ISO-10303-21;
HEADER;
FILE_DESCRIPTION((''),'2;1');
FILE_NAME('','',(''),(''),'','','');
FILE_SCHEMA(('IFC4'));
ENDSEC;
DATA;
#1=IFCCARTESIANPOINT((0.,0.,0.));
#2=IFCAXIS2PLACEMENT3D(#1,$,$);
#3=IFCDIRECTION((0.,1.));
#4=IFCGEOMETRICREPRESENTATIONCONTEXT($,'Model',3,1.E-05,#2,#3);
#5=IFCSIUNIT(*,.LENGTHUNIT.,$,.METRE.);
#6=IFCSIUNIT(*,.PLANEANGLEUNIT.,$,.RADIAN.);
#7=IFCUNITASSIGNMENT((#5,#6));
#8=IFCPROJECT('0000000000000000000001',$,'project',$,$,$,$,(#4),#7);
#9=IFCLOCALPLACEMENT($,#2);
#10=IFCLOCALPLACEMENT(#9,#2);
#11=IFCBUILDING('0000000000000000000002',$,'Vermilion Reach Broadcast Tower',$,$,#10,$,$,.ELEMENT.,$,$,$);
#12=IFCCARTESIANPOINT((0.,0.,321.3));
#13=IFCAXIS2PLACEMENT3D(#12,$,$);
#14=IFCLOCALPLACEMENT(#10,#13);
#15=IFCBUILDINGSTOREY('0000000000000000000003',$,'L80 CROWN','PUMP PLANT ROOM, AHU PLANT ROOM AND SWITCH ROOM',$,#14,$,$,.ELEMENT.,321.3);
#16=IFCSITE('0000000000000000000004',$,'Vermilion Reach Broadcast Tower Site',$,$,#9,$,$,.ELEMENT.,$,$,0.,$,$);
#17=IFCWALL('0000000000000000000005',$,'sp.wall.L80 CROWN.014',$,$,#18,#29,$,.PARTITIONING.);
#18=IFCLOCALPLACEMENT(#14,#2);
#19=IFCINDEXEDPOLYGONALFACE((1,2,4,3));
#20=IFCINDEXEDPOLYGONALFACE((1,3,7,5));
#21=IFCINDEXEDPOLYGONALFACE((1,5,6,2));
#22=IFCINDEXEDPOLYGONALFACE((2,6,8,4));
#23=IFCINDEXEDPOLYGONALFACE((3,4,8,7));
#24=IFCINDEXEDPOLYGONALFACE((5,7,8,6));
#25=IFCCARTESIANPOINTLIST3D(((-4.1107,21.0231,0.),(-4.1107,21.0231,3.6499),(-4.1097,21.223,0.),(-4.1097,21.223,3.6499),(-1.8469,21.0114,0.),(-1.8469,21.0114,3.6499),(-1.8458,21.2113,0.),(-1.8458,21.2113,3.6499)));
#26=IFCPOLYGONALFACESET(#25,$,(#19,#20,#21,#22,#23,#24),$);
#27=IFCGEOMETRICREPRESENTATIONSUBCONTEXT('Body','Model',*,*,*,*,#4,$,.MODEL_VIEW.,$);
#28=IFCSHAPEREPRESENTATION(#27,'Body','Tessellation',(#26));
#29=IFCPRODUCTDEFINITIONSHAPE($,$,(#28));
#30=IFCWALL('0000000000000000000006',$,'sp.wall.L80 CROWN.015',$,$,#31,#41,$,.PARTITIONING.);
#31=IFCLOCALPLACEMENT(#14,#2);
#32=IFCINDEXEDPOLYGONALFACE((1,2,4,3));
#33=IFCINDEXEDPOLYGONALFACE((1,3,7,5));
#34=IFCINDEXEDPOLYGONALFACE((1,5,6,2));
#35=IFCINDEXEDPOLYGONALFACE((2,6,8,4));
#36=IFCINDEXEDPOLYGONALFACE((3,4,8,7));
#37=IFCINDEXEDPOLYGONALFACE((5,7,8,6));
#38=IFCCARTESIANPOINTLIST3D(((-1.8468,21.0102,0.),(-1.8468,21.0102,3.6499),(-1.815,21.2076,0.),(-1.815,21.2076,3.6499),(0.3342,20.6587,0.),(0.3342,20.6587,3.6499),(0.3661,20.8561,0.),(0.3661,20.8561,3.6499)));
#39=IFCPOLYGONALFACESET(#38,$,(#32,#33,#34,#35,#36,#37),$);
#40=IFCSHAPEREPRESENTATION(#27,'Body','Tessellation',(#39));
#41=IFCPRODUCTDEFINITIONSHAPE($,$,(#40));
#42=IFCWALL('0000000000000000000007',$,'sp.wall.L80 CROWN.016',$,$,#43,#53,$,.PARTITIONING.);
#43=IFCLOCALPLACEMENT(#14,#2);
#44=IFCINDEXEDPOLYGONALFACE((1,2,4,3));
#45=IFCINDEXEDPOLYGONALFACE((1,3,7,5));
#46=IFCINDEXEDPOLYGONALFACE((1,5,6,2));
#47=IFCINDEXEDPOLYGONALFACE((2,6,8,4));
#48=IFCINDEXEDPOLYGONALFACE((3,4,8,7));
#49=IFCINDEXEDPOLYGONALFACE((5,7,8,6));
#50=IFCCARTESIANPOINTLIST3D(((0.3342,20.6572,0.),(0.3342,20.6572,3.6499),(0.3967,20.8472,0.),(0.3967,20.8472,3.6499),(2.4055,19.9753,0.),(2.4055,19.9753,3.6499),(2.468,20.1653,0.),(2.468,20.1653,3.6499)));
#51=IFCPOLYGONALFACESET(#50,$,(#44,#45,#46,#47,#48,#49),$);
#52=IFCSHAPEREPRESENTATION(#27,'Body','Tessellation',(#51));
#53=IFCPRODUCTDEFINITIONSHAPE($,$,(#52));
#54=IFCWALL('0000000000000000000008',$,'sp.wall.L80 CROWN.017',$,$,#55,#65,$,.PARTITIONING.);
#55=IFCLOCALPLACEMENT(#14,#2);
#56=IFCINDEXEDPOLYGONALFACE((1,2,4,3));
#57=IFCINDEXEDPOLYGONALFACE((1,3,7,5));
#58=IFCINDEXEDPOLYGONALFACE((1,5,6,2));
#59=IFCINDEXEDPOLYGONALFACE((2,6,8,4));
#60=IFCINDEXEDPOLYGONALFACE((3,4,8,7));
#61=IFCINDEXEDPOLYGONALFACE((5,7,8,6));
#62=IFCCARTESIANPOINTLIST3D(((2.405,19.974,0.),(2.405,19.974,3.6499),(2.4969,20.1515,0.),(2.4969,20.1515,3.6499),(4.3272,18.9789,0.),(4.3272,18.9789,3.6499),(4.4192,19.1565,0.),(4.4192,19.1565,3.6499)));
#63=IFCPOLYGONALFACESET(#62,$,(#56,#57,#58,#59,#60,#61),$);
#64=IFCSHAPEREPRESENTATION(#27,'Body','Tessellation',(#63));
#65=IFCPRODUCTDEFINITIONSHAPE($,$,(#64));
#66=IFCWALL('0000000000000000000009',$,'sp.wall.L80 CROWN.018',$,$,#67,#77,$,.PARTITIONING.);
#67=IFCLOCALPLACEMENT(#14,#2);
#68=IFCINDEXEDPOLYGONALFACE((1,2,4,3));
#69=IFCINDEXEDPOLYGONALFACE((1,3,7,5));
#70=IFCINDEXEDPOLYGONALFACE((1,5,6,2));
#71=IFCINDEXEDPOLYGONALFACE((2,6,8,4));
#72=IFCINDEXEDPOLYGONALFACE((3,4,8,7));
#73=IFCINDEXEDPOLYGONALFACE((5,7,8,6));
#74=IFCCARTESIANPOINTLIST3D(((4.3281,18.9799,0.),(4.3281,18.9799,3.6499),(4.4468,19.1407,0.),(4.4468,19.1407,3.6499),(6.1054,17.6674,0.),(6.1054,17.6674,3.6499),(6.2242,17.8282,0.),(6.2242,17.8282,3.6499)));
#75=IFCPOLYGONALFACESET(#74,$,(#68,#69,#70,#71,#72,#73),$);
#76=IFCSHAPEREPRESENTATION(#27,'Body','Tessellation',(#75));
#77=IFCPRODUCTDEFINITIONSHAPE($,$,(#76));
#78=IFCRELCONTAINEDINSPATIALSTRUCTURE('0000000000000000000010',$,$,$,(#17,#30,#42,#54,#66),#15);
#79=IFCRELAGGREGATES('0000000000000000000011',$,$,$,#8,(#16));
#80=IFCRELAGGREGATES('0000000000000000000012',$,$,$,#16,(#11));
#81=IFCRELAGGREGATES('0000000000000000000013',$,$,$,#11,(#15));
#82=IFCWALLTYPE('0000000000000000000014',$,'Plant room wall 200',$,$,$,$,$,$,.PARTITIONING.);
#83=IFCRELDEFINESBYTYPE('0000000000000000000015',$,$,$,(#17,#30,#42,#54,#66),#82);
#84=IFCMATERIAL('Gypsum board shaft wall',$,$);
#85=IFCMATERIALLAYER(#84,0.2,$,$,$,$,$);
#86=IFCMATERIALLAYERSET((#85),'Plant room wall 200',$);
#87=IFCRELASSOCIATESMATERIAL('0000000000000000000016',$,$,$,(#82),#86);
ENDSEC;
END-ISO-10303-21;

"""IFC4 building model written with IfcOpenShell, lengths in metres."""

from ifc_helpers import new_model, si_unit, direction, frame, frame_2d, origin, place, context, subcontext, project, spatial, rectangle, extrude, material, layer, layer_set, type_object, element, save


model = new_model("IFC4")

# Units and contexts
model_context = context("Model", 3, precision=1e-05, world=origin(), true_north=direction((0.0, 1.0)))
body_context = subcontext(model_context, "Body", "Model", "MODEL_VIEW")
ifc_project = project(units=[si_unit("LENGTHUNIT", "METRE"), si_unit("PLANEANGLEUNIT", "RADIAN")], contexts=[model_context])

# Site, building, storey
site_placement = place(None, origin())
site = spatial("IfcSite", under=ifc_project, at=site_placement, Name="Vermilion Reach Broadcast Tower Site", CompositionType="ELEMENT", RefElevation=0.0)
building_placement = place(site_placement, origin())
building = spatial("IfcBuilding", under=site, at=building_placement, Name="Vermilion Reach Broadcast Tower", CompositionType="ELEMENT")
storey_placement = place(building_placement, frame((0.0, 0.0, 321.3)))
storey = spatial("IfcBuildingStorey", under=building, at=storey_placement, Name="L80 CROWN", Description="PUMP PLANT ROOM, AHU PLANT ROOM AND SWITCH ROOM", CompositionType="ELEMENT", Elevation=321.3)

# Walls
ifc_material_1 = material(Name="Gypsum board shaft wall")
ifc_layer_1 = layer(ifc_material_1, 0.2)
ifc_layer_set_1 = layer_set([ifc_layer_1], Name="Plant room wall 200")
wall_type = type_object("IfcWallType", Name="Plant room wall 200", PredefinedType="PARTITIONING", material=ifc_layer_set_1)
wall_1_placement = place(storey_placement, frame((-4.1101, 21.123, 0.0), z_axis=(0.0, 0.0, 1.0), x_axis=(0.999987, -0.005176, 0.0)))
element("IfcWall", 1, at=wall_1_placement, inside=storey, type_object=wall_type, Name="sp.wall.L80 CROWN.014", PredefinedType="PARTITIONING", context=body_context, shape_type="SweptSolid", body=[
    extrude(rectangle(XDim=2.2639, YDim=0.2, at=frame_2d((1.1318, 0.0))), origin(), (0.0, 0.0, 1.0), 3.6499),
])
wall_2_placement = place(storey_placement, frame((-1.8308, 21.1089, 0.0), z_axis=(0.0, 0.0, 1.0), x_axis=(0.987258, -0.159128, 0.0)))
element("IfcWall", 2, at=wall_2_placement, inside=storey, type_object=wall_type, Name="sp.wall.L80 CROWN.015", PredefinedType="PARTITIONING", context=body_context, shape_type="SweptSolid", body=[
    extrude(rectangle(XDim=2.2092, YDim=0.2, at=frame_2d((1.1045, 0.0))), origin(), (0.0, 0.0, 1.0), 3.6499),
])
wall_3_placement = place(storey_placement, frame((0.3655, 20.7522, 0.0), z_axis=(0.0, 0.0, 1.0), x_axis=(0.949852, -0.312699, 0.0)))
element("IfcWall", 3, at=wall_3_placement, inside=storey, type_object=wall_type, Name="sp.wall.L80 CROWN.016", PredefinedType="PARTITIONING", context=body_context, shape_type="SweptSolid", body=[
    extrude(rectangle(XDim=2.1807, YDim=0.2, at=frame_2d((1.0903, 0.0))), origin(), (0.0, 0.0, 1.0), 3.6499),
])
wall_4_placement = place(storey_placement, frame((2.4509, 20.0627, 0.0), z_axis=(0.0, 0.0, 1.0), x_axis=(0.888068, -0.459711, 0.0)))
element("IfcWall", 4, at=wall_4_placement, inside=storey, type_object=wall_type, Name="sp.wall.L80 CROWN.017", PredefinedType="PARTITIONING", context=body_context, shape_type="SweptSolid", body=[
    extrude(rectangle(XDim=2.1646, YDim=0.2, at=frame_2d((1.0823, 0.0))), origin(), (0.0, 0.0, 1.0), 3.6499),
])
wall_5_placement = place(storey_placement, frame((4.3875, 19.0603, 0.0), z_axis=(0.0, 0.0, 1.0), x_axis=(0.804433, -0.594043, 0.0)))
element("IfcWall", 5, at=wall_5_placement, inside=storey, type_object=wall_type, Name="sp.wall.L80 CROWN.018", PredefinedType="PARTITIONING", context=body_context, shape_type="SweptSolid", body=[
    extrude(rectangle(XDim=2.2095, YDim=0.2, at=frame_2d((1.1047, 0.0))), origin(), (0.0, 0.0, 1.0), 3.6499),
])

save(model, "model.ifc")
